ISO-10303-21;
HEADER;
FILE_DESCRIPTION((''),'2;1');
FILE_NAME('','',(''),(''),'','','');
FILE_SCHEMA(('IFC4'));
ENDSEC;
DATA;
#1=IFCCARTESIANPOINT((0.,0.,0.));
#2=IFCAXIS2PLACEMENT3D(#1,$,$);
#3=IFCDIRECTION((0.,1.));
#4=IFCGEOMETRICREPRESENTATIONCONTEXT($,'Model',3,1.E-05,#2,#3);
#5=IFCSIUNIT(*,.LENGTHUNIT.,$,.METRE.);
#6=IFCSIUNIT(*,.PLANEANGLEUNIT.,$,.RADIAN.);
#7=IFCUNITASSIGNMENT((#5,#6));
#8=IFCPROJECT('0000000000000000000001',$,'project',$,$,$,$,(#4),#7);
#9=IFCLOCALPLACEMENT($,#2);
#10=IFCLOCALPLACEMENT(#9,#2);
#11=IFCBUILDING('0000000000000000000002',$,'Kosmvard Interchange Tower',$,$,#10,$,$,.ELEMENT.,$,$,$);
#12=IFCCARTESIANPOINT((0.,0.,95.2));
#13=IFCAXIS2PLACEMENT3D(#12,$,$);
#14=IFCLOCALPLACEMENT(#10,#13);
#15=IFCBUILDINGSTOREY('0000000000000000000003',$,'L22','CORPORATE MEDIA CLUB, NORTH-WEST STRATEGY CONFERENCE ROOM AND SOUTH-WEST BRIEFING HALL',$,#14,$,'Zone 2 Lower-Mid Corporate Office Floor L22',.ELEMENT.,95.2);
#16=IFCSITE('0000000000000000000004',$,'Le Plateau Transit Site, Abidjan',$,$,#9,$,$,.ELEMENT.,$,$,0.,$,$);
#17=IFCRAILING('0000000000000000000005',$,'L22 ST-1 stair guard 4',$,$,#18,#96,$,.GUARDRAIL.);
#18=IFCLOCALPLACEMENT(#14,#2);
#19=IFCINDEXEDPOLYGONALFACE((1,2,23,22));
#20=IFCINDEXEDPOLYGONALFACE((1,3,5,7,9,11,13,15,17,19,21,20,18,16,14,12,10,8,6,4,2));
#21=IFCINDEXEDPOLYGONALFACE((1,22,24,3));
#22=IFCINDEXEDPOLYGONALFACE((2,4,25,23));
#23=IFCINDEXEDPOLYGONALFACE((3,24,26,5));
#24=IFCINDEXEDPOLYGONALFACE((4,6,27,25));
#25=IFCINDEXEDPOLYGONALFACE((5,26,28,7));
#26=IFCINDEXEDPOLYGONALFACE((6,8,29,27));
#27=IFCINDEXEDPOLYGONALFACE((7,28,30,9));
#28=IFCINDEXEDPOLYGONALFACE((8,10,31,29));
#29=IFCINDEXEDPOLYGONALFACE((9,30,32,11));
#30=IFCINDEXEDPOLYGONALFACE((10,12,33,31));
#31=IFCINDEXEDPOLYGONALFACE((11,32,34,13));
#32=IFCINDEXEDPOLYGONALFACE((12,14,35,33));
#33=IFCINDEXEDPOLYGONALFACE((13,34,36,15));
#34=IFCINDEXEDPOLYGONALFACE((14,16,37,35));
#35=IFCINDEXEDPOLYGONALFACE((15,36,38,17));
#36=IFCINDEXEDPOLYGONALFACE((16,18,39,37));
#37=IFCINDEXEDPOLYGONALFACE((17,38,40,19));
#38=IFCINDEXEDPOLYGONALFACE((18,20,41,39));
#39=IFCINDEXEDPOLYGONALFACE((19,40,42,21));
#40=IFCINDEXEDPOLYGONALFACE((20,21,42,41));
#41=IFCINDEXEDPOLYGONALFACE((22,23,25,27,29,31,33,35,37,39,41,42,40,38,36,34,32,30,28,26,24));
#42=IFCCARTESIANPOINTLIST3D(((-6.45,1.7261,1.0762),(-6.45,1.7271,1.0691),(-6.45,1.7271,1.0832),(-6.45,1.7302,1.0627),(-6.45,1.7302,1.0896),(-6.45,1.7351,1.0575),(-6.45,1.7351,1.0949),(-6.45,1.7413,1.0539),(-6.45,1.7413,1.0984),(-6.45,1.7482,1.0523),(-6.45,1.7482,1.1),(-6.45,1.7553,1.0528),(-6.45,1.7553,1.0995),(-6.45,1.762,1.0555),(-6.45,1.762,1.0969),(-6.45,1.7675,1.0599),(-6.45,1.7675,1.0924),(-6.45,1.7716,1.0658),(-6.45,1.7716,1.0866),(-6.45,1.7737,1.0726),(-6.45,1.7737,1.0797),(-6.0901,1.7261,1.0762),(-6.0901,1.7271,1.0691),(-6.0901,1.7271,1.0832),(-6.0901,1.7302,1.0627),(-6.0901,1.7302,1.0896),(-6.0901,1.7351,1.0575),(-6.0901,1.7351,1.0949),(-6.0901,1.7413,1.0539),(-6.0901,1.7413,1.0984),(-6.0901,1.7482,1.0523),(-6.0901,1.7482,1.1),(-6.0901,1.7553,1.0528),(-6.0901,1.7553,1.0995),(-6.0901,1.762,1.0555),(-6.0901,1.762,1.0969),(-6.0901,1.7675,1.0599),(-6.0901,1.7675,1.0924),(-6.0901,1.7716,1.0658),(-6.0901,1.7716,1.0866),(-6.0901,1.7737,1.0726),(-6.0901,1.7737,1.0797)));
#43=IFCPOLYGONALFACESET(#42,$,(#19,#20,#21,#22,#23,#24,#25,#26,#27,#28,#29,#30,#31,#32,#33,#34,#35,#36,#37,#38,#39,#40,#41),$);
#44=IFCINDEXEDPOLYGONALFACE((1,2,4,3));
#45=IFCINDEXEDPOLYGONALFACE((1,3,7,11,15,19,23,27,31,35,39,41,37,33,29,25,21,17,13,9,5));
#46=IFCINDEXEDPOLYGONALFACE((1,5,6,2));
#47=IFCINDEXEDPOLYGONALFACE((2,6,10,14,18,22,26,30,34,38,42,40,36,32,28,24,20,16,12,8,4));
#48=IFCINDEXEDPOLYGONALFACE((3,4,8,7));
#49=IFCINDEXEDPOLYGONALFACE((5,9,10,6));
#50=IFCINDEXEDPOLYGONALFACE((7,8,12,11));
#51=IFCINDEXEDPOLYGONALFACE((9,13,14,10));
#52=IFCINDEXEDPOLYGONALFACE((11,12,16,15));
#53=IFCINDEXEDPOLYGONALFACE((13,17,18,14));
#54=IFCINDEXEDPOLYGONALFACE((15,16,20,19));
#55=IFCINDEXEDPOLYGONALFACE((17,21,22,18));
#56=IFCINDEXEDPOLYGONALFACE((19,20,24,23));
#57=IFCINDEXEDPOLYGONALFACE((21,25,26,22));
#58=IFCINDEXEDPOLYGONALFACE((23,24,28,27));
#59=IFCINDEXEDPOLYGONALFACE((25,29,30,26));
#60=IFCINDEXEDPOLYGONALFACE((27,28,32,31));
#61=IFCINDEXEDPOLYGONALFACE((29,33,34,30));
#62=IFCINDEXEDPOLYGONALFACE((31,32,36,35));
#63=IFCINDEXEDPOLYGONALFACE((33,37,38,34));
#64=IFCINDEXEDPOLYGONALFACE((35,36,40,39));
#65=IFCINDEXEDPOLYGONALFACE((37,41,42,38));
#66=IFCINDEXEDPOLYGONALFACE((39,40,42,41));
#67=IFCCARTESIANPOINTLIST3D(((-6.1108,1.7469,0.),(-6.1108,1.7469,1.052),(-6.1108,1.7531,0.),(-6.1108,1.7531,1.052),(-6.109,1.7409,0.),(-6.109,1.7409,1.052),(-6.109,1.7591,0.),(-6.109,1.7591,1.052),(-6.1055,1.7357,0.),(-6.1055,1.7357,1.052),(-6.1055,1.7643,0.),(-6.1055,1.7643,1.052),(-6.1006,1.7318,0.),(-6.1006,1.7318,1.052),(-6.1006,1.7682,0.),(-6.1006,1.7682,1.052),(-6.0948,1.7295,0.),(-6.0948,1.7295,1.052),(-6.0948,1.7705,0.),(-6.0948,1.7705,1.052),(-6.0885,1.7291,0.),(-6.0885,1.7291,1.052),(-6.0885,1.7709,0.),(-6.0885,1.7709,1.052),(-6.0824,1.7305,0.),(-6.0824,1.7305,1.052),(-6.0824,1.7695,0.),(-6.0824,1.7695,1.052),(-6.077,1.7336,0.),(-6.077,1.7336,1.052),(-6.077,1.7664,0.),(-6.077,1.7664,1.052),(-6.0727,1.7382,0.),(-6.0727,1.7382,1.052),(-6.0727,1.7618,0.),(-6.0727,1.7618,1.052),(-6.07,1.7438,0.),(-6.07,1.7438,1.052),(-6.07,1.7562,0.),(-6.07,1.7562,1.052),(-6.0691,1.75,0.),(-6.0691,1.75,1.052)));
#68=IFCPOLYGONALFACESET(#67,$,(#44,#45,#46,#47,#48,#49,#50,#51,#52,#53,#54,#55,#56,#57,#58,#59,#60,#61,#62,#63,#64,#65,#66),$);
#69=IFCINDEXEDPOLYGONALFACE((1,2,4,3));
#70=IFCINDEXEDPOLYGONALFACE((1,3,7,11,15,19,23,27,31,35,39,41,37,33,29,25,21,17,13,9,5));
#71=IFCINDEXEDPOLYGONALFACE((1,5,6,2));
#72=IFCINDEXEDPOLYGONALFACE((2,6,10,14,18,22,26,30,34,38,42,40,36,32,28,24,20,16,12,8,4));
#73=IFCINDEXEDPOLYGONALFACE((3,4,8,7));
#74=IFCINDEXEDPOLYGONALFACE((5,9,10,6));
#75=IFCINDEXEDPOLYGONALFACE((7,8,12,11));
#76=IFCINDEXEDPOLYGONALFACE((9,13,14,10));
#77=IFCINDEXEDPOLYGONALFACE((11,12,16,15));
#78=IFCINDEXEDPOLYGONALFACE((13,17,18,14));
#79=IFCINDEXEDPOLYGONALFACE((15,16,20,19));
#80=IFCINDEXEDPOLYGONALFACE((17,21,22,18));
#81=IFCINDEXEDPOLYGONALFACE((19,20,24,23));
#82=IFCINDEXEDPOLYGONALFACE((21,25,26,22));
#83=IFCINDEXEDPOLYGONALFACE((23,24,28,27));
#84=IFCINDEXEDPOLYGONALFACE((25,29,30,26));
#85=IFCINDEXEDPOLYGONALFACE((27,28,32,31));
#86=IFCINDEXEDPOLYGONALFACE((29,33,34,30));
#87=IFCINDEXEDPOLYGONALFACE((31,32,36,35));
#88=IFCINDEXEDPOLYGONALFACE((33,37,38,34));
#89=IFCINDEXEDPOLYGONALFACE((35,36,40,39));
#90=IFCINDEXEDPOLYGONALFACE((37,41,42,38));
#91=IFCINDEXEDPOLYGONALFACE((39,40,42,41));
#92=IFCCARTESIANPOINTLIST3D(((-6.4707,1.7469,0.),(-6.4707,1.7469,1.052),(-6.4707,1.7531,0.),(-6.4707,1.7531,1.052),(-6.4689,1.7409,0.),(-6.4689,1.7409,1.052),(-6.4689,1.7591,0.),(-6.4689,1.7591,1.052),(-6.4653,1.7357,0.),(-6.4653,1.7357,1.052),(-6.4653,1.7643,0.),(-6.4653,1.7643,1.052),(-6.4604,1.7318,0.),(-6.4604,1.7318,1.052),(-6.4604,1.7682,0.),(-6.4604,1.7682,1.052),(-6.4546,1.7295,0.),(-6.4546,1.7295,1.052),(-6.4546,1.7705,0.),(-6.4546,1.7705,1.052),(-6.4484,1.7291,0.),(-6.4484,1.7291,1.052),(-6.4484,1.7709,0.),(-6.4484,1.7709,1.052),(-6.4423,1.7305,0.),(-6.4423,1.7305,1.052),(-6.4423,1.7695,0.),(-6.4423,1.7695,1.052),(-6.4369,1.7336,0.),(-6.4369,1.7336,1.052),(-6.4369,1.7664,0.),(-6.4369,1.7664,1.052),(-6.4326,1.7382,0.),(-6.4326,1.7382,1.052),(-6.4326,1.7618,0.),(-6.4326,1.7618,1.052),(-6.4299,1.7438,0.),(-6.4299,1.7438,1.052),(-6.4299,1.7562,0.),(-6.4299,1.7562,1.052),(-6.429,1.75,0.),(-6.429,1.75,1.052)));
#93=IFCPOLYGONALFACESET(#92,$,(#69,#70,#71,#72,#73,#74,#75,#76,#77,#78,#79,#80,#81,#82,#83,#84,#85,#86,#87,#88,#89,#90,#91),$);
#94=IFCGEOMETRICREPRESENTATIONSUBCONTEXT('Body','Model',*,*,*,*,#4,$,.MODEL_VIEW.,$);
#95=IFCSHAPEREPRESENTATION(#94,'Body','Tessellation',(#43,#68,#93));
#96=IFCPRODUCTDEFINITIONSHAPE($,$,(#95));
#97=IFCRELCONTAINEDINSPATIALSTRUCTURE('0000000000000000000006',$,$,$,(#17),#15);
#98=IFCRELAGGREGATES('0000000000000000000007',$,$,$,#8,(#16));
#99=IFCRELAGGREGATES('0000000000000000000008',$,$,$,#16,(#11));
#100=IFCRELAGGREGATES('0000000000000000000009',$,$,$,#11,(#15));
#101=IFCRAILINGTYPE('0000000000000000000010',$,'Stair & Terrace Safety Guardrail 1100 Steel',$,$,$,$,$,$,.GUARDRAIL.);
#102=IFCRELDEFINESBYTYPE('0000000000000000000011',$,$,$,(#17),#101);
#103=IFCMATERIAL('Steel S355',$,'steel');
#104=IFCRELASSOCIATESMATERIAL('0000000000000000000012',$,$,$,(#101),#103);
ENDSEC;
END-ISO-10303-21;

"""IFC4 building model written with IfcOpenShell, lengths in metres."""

from ifc_helpers import new_model, si_unit, direction, frame, origin, origin_2d, place, context, subcontext, project, spatial, circle, extrude, source, transform, mapped, material, type_object, element, save


model = new_model("IFC4")

# Units and contexts
model_context = context("Model", 3, precision=1e-05, world=origin(), true_north=direction((0.0, 1.0)))
body_context = subcontext(model_context, "Body", "Model", "MODEL_VIEW")
ifc_project = project(units=[si_unit("LENGTHUNIT", "METRE"), si_unit("PLANEANGLEUNIT", "RADIAN")], contexts=[model_context])

# Site, building, storey
site_placement = place(None, origin())
site = spatial("IfcSite", under=ifc_project, at=site_placement, Name="Le Plateau Transit Site, Abidjan", CompositionType="ELEMENT", RefElevation=0.0)
building_placement = place(site_placement, origin())
building = spatial("IfcBuilding", under=site, at=building_placement, Name="Kosmvard Interchange Tower", CompositionType="ELEMENT")
storey_placement = place(building_placement, frame((0.0, 0.0, 95.2)))
storey = spatial("IfcBuildingStorey", under=building, at=storey_placement, Name="L22", Description="CORPORATE MEDIA CLUB, NORTH-WEST STRATEGY CONFERENCE ROOM AND SOUTH-WEST BRIEFING HALL", LongName="Zone 2 Lower-Mid Corporate Office Floor L22", CompositionType="ELEMENT", Elevation=95.2)

# Shared definitions
ifc_material_1 = material(Name="Steel S355", Category="steel")

# Railing
railing_type_1 = type_object("IfcRailingType", Name="Stair & Terrace Safety Guardrail 1100 Steel", PredefinedType="GUARDRAIL", material=ifc_material_1)
shared_shape_1 = source(origin(), body_context, "Body", "SweptSolid", [
    extrude(circle(Radius=0.0239, at=origin_2d()), frame((0.0, 0.0, 1.0762), z_axis=(-1.0, 0.0, 0.0), x_axis=(0.0, -1.0, 0.0)), (0.0, 0.0, 1.0), 0.3599),
    extrude(circle(Radius=0.021, at=origin_2d()), origin(), (0.0, 0.0, 1.0), 1.052),
    extrude(circle(Radius=0.021, at=origin_2d()), frame((-0.3599, 0.0, 0.0)), (0.0, 0.0, 1.0), 1.052),
])
for number, where, name in (
    (1, (-6.0901, 1.75, 0.0), "L22 ST-1 stair guard 4"),
):
    element("IfcRailing", number, at=place(storey_placement, frame(where)), inside=storey, type_object=railing_type_1, Name=name, PredefinedType="GUARDRAIL", context=body_context, shape_type="MappedRepresentation", body=[
        mapped(shared_shape_1, transform((0.0, 0.0, 0.0), scale=1.0)),
    ])

save(model, "model.ifc")
